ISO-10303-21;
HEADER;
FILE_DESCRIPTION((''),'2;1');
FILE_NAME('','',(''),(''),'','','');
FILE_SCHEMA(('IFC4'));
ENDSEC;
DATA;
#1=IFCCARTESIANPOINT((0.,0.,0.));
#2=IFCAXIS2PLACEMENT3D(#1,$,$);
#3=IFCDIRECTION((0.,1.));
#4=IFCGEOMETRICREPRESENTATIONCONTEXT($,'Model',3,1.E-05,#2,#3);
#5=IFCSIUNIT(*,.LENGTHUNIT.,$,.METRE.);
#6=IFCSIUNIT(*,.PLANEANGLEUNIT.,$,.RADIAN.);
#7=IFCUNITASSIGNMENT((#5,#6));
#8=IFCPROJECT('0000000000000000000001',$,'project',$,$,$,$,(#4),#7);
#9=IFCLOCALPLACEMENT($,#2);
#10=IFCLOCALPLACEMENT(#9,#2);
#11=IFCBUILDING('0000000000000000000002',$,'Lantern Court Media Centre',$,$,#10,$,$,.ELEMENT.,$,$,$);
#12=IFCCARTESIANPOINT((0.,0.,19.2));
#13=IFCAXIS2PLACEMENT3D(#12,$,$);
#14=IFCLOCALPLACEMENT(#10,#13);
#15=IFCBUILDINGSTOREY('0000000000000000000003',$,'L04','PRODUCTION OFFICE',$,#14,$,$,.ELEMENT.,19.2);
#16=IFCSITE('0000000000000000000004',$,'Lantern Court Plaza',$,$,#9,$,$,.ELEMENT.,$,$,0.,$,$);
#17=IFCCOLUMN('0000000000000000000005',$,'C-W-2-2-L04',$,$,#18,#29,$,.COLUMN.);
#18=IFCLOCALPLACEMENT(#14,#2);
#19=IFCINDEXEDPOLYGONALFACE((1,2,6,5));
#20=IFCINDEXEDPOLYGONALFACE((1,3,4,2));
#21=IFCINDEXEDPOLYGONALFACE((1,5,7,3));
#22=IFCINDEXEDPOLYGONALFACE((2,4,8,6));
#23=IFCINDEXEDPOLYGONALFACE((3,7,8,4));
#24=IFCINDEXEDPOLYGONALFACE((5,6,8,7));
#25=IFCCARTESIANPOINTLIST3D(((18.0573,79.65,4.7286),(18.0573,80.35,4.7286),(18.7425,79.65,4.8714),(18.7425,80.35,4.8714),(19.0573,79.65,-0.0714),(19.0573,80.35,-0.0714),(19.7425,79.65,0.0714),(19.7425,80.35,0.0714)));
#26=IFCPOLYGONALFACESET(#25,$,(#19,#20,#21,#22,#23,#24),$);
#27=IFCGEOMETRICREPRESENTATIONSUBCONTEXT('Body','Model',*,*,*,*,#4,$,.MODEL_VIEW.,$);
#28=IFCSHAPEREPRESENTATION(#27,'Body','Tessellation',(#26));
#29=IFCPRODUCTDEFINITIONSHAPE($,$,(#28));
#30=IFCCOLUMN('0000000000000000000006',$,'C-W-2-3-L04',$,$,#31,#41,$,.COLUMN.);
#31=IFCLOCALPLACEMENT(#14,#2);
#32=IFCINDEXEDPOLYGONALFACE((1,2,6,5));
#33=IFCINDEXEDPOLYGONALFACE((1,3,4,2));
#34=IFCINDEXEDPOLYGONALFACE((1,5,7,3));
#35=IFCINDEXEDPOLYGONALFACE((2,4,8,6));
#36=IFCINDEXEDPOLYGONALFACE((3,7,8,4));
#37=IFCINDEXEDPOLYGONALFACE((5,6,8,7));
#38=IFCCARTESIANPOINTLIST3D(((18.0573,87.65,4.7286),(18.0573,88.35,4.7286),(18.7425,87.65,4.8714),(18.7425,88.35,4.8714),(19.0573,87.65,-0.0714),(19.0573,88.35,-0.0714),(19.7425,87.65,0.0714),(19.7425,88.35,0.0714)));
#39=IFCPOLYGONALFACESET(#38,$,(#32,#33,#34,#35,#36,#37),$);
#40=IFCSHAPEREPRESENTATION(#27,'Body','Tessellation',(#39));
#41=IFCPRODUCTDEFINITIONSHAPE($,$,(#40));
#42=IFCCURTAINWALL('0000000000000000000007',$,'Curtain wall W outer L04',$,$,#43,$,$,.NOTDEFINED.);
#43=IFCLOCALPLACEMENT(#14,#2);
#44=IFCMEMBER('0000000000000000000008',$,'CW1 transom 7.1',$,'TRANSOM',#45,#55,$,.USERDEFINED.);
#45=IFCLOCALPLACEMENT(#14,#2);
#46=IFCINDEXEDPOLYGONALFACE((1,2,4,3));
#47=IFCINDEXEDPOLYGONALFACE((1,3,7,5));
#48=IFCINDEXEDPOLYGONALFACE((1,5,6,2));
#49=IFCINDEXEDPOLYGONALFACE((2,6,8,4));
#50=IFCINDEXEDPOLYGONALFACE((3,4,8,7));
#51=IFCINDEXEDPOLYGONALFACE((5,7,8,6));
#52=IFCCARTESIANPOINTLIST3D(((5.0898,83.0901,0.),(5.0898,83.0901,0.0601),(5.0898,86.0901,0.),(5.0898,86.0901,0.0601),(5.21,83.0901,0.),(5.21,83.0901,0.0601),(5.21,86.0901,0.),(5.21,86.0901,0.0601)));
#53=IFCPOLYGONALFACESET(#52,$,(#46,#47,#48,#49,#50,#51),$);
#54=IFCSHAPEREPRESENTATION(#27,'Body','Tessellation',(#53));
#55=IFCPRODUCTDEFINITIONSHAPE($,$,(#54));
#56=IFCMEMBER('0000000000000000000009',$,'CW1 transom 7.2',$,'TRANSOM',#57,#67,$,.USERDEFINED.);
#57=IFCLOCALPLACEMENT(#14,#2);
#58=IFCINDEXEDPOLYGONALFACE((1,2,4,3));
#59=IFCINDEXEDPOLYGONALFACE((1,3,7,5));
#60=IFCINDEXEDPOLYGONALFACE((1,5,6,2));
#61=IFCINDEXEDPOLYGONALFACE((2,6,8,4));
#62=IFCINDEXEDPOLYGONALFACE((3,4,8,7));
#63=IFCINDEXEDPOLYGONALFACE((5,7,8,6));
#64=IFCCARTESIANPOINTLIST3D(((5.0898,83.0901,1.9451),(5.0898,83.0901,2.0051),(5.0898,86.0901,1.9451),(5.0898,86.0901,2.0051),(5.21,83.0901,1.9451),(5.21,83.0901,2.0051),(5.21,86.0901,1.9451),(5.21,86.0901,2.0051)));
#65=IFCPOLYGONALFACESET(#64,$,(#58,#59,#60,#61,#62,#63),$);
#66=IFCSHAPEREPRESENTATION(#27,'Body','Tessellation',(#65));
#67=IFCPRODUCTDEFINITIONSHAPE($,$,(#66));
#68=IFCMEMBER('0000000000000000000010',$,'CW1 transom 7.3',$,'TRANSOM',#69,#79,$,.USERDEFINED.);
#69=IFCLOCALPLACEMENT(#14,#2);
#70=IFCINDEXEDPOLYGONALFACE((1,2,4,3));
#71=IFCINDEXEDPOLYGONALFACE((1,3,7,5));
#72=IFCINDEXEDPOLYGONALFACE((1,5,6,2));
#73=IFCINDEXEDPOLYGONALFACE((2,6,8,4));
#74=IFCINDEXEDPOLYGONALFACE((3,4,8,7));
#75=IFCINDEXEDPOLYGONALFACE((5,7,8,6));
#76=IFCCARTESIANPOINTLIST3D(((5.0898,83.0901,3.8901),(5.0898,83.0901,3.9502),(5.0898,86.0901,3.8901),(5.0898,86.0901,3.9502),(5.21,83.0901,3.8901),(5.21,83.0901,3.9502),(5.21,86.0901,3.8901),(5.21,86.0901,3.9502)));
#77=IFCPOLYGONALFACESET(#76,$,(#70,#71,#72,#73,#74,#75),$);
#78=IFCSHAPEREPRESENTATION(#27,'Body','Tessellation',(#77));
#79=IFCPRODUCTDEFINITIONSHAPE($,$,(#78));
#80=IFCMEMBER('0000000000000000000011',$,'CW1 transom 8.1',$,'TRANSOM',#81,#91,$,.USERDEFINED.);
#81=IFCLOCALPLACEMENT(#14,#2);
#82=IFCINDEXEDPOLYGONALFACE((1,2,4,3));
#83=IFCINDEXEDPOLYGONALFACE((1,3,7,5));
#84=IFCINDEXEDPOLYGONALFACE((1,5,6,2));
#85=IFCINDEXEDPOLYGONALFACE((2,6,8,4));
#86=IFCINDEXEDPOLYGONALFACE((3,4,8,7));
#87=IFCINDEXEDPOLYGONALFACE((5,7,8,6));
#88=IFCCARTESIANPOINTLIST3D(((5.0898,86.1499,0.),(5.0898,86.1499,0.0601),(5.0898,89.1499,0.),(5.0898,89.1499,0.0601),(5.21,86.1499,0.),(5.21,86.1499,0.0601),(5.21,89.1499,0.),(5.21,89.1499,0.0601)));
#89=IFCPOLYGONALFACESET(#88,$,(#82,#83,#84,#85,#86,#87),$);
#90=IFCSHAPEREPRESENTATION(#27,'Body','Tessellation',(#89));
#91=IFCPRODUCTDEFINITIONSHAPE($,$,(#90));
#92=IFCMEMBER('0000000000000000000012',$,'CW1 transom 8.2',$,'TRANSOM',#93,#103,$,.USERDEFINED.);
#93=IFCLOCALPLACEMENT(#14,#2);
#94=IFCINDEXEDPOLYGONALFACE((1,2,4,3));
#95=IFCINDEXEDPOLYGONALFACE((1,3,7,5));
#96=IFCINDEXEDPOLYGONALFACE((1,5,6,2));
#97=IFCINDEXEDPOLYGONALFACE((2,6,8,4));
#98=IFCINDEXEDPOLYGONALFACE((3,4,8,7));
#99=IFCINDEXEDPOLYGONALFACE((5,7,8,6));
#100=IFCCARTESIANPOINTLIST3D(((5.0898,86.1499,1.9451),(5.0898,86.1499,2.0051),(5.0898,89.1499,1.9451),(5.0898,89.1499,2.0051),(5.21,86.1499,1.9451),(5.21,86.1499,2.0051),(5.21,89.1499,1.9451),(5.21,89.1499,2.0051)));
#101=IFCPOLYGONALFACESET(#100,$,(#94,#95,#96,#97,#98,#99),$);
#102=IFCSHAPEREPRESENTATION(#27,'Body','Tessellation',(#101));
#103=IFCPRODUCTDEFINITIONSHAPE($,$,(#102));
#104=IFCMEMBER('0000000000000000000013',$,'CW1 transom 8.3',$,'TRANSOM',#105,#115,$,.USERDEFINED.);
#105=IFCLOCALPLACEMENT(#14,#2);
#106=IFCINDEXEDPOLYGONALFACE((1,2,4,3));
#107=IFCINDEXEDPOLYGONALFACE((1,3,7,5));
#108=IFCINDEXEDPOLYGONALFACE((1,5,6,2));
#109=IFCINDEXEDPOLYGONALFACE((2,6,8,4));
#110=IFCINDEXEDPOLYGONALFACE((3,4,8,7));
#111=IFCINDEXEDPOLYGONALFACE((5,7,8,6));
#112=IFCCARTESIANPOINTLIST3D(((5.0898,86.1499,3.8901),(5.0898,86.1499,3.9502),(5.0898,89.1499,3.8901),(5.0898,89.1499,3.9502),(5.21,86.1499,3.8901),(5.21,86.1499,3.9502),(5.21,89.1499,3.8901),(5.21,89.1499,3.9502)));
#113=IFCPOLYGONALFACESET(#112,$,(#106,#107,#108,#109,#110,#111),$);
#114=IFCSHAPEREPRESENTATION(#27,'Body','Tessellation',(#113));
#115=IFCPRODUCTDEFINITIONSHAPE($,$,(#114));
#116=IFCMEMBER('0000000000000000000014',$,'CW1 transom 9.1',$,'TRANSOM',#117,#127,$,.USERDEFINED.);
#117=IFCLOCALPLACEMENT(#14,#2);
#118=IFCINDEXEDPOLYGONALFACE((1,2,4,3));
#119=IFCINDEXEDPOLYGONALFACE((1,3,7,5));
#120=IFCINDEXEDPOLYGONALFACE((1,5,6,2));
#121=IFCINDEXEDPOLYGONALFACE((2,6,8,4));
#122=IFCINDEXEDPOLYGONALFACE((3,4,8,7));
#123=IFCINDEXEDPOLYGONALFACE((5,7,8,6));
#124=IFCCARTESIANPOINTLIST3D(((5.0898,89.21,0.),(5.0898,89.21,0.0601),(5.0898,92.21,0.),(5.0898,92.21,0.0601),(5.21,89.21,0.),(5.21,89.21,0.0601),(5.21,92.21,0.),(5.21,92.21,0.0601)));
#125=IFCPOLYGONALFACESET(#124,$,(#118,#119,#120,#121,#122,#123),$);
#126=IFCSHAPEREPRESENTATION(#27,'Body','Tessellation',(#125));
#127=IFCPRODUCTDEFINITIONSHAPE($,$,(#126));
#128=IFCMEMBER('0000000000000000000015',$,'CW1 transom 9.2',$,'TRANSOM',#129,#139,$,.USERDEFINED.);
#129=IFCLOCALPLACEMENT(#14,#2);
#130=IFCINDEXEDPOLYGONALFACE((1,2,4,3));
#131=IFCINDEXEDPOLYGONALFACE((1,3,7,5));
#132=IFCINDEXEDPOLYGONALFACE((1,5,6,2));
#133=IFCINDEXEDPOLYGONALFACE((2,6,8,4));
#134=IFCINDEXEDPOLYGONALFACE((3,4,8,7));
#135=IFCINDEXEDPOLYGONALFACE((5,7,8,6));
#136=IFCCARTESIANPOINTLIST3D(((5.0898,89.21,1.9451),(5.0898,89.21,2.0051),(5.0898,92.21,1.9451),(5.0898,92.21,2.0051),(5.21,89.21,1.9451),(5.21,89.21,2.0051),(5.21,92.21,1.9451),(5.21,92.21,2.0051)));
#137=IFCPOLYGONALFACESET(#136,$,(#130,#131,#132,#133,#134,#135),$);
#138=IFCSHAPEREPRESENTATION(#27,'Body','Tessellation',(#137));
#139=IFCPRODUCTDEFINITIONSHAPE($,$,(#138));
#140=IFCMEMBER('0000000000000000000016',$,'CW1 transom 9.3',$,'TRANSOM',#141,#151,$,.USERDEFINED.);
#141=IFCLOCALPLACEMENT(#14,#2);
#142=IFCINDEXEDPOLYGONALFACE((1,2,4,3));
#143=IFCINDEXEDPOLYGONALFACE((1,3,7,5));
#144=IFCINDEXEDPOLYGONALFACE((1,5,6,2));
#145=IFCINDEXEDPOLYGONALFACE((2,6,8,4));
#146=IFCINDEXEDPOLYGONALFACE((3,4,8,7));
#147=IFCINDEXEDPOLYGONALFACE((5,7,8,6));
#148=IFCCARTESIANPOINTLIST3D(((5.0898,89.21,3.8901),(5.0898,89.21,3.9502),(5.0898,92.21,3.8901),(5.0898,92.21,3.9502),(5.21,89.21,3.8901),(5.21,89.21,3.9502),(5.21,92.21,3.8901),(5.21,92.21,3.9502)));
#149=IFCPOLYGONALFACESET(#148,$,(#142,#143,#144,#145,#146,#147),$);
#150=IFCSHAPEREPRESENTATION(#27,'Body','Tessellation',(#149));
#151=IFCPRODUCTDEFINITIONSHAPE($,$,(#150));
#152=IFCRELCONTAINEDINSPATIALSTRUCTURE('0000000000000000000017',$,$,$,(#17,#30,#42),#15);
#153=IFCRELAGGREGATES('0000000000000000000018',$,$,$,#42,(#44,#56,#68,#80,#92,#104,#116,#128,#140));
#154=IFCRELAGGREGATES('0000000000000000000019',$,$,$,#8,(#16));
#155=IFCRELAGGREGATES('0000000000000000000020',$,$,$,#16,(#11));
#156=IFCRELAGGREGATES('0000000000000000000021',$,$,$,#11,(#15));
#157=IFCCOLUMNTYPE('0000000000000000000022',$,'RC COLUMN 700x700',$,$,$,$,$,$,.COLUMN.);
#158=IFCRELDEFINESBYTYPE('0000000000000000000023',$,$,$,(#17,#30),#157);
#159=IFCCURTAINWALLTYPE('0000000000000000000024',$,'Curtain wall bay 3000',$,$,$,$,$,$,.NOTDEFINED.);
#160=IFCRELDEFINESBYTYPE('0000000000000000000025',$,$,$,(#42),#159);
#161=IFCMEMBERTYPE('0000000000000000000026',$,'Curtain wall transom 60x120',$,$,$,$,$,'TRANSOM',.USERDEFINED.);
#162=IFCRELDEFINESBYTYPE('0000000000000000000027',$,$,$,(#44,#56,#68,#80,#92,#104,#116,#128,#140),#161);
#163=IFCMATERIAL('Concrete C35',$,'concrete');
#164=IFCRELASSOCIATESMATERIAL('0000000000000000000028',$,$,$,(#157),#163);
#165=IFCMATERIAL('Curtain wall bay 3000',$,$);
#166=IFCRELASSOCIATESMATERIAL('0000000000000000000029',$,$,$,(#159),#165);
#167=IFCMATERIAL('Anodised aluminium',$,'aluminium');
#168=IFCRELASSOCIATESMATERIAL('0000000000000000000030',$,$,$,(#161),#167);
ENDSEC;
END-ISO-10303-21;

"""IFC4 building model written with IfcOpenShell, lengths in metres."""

from ifc_helpers import new_model, si_unit, direction, frame, origin, origin_2d, place, context, subcontext, project, spatial, rectangle, extrude, material, material_profile, profile_set, type_object, element, aggregate, save


model = new_model("IFC4")

# Units and contexts
model_context = context("Model", 3, precision=1e-05, world=origin(), true_north=direction((0.0, 1.0)))
body_context = subcontext(model_context, "Body", "Model", "MODEL_VIEW")
ifc_project = project(units=[si_unit("LENGTHUNIT", "METRE"), si_unit("PLANEANGLEUNIT", "RADIAN")], contexts=[model_context])

# Site, building, storey
site_placement = place(None, origin())
site = spatial("IfcSite", under=ifc_project, at=site_placement, Name="Lantern Court Plaza", CompositionType="ELEMENT", RefElevation=0.0)
building_placement = place(site_placement, origin())
building = spatial("IfcBuilding", under=site, at=building_placement, Name="Lantern Court Media Centre", CompositionType="ELEMENT")
storey_placement = place(building_placement, frame((0.0, 0.0, 19.2)))
storey = spatial("IfcBuildingStorey", under=building, at=storey_placement, Name="L04", Description="PRODUCTION OFFICE", CompositionType="ELEMENT", Elevation=19.2)

# Columns
ifc_material_1 = material(Name="Concrete C35", Category="concrete")
ifc_material_profile_1 = material_profile(ifc_material_1, rectangle(XDim=0.7, YDim=0.7, at=origin_2d()), Name="RC 700x700")
ifc_profile_set_1 = profile_set([ifc_material_profile_1], Name="Concrete C35")
column_type = type_object("IfcColumnType", Name="RC COLUMN 700x700", PredefinedType="COLUMN", material=ifc_profile_set_1)
for number, where, z_axis, x_axis, name in (
    (1, (19.3999, 80.0, 0.0), (-0.203952, 0.0, 0.978981), (0.0, -1.0, 0.0), "C-W-2-2-L04"),
    (2, (19.3999, 88.0, 0.0), (-0.203952, 0.0, 0.978981), (0.0, -1.0, 0.0), "C-W-2-3-L04"),
):
    element("IfcColumn", number, at=place(storey_placement, frame(where, z_axis=z_axis, x_axis=x_axis)), inside=storey, type_object=column_type, Name=name, PredefinedType="COLUMN", context=body_context, shape_type="SweptSolid", body=[
        extrude(rectangle(XDim=0.7, YDim=0.7, at=origin_2d()), origin(), (0.0, 0.0, 1.0), 4.9031),
    ])

# Curtain wall, members
ifc_material_2 = material(Name="Curtain wall bay 3000")
curtain_wall_type = type_object("IfcCurtainWallType", Name="Curtain wall bay 3000", PredefinedType="NOTDEFINED", material=ifc_material_2)
curtain_wall_placement = place(storey_placement, origin())
curtain_wall = element("IfcCurtainWall", 3, at=curtain_wall_placement, inside=storey, type_object=curtain_wall_type, Name="Curtain wall W outer L04", PredefinedType="NOTDEFINED")
ifc_material_3 = material(Name="Anodised aluminium", Category="aluminium")
ifc_material_profile_2 = material_profile(ifc_material_3, rectangle(XDim=0.1201, YDim=0.0601, at=origin_2d()), Name="AL 60x120")
ifc_profile_set_2 = profile_set([ifc_material_profile_2], Name="Anodised aluminium")
member_type = type_object("IfcMemberType", Name="Curtain wall transom 60x120", ElementType="TRANSOM", PredefinedType="USERDEFINED", material=ifc_profile_set_2)
member_1_placement = place(storey_placement, frame((5.1499, 83.0901, 0.03), z_axis=(0.0, 1.0, 0.0), x_axis=(-1.0, 0.0, 0.0)))
member_1 = element("IfcMember", 4, at=member_1_placement, type_object=member_type, Name="CW1 transom 7.1", ObjectType="TRANSOM", PredefinedType="USERDEFINED", context=body_context, shape_type="SweptSolid", body=[
    extrude(rectangle(XDim=0.1201, YDim=0.0601, at=origin_2d()), origin(), (0.0, 0.0, 1.0), 3.0),
])
member_2_placement = place(storey_placement, frame((5.1499, 83.0901, 1.9751), z_axis=(0.0, 1.0, 0.0), x_axis=(-1.0, 0.0, 0.0)))
member_2 = element("IfcMember", 5, at=member_2_placement, type_object=member_type, Name="CW1 transom 7.2", ObjectType="TRANSOM", PredefinedType="USERDEFINED", context=body_context, shape_type="SweptSolid", body=[
    extrude(rectangle(XDim=0.1201, YDim=0.0601, at=origin_2d()), origin(), (0.0, 0.0, 1.0), 3.0),
])
member_3_placement = place(storey_placement, frame((5.1499, 83.0901, 3.9202), z_axis=(0.0, 1.0, 0.0), x_axis=(-1.0, 0.0, 0.0)))
member_3 = element("IfcMember", 6, at=member_3_placement, type_object=member_type, Name="CW1 transom 7.3", ObjectType="TRANSOM", PredefinedType="USERDEFINED", context=body_context, shape_type="SweptSolid", body=[
    extrude(rectangle(XDim=0.1201, YDim=0.0601, at=origin_2d()), origin(), (0.0, 0.0, 1.0), 3.0),
])
member_4_placement = place(storey_placement, frame((5.1499, 86.1499, 0.03), z_axis=(0.0, 1.0, 0.0), x_axis=(-1.0, 0.0, 0.0)))
member_4 = element("IfcMember", 7, at=member_4_placement, type_object=member_type, Name="CW1 transom 8.1", ObjectType="TRANSOM", PredefinedType="USERDEFINED", context=body_context, shape_type="SweptSolid", body=[
    extrude(rectangle(XDim=0.1201, YDim=0.0601, at=origin_2d()), origin(), (0.0, 0.0, 1.0), 3.0),
])
member_5_placement = place(storey_placement, frame((5.1499, 86.1499, 1.9751), z_axis=(0.0, 1.0, 0.0), x_axis=(-1.0, 0.0, 0.0)))
member_5 = element("IfcMember", 8, at=member_5_placement, type_object=member_type, Name="CW1 transom 8.2", ObjectType="TRANSOM", PredefinedType="USERDEFINED", context=body_context, shape_type="SweptSolid", body=[
    extrude(rectangle(XDim=0.1201, YDim=0.0601, at=origin_2d()), origin(), (0.0, 0.0, 1.0), 3.0),
])
member_6_placement = place(storey_placement, frame((5.1499, 86.1499, 3.9202), z_axis=(0.0, 1.0, 0.0), x_axis=(-1.0, 0.0, 0.0)))
member_6 = element("IfcMember", 9, at=member_6_placement, type_object=member_type, Name="CW1 transom 8.3", ObjectType="TRANSOM", PredefinedType="USERDEFINED", context=body_context, shape_type="SweptSolid", body=[
    extrude(rectangle(XDim=0.1201, YDim=0.0601, at=origin_2d()), origin(), (0.0, 0.0, 1.0), 3.0),
])
member_7_placement = place(storey_placement, frame((5.1499, 89.21, 0.03), z_axis=(0.0, 1.0, 0.0), x_axis=(-1.0, 0.0, 0.0)))
member_7 = element("IfcMember", 10, at=member_7_placement, type_object=member_type, Name="CW1 transom 9.1", ObjectType="TRANSOM", PredefinedType="USERDEFINED", context=body_context, shape_type="SweptSolid", body=[
    extrude(rectangle(XDim=0.1201, YDim=0.0601, at=origin_2d()), origin(), (0.0, 0.0, 1.0), 3.0),
])
member_8_placement = place(storey_placement, frame((5.1499, 89.21, 1.9751), z_axis=(0.0, 1.0, 0.0), x_axis=(-1.0, 0.0, 0.0)))
member_8 = element("IfcMember", 11, at=member_8_placement, type_object=member_type, Name="CW1 transom 9.2", ObjectType="TRANSOM", PredefinedType="USERDEFINED", context=body_context, shape_type="SweptSolid", body=[
    extrude(rectangle(XDim=0.1201, YDim=0.0601, at=origin_2d()), origin(), (0.0, 0.0, 1.0), 3.0),
])
member_9_placement = place(storey_placement, frame((5.1499, 89.21, 3.9202), z_axis=(0.0, 1.0, 0.0), x_axis=(-1.0, 0.0, 0.0)))
member_9 = element("IfcMember", 12, at=member_9_placement, type_object=member_type, Name="CW1 transom 9.3", ObjectType="TRANSOM", PredefinedType="USERDEFINED", context=body_context, shape_type="SweptSolid", body=[
    extrude(rectangle(XDim=0.1201, YDim=0.0601, at=origin_2d()), origin(), (0.0, 0.0, 1.0), 3.0),
])

aggregate(curtain_wall, [member_1, member_2, member_3, member_4, member_5, member_6, member_7, member_8, member_9])

save(model, "model.ifc")
